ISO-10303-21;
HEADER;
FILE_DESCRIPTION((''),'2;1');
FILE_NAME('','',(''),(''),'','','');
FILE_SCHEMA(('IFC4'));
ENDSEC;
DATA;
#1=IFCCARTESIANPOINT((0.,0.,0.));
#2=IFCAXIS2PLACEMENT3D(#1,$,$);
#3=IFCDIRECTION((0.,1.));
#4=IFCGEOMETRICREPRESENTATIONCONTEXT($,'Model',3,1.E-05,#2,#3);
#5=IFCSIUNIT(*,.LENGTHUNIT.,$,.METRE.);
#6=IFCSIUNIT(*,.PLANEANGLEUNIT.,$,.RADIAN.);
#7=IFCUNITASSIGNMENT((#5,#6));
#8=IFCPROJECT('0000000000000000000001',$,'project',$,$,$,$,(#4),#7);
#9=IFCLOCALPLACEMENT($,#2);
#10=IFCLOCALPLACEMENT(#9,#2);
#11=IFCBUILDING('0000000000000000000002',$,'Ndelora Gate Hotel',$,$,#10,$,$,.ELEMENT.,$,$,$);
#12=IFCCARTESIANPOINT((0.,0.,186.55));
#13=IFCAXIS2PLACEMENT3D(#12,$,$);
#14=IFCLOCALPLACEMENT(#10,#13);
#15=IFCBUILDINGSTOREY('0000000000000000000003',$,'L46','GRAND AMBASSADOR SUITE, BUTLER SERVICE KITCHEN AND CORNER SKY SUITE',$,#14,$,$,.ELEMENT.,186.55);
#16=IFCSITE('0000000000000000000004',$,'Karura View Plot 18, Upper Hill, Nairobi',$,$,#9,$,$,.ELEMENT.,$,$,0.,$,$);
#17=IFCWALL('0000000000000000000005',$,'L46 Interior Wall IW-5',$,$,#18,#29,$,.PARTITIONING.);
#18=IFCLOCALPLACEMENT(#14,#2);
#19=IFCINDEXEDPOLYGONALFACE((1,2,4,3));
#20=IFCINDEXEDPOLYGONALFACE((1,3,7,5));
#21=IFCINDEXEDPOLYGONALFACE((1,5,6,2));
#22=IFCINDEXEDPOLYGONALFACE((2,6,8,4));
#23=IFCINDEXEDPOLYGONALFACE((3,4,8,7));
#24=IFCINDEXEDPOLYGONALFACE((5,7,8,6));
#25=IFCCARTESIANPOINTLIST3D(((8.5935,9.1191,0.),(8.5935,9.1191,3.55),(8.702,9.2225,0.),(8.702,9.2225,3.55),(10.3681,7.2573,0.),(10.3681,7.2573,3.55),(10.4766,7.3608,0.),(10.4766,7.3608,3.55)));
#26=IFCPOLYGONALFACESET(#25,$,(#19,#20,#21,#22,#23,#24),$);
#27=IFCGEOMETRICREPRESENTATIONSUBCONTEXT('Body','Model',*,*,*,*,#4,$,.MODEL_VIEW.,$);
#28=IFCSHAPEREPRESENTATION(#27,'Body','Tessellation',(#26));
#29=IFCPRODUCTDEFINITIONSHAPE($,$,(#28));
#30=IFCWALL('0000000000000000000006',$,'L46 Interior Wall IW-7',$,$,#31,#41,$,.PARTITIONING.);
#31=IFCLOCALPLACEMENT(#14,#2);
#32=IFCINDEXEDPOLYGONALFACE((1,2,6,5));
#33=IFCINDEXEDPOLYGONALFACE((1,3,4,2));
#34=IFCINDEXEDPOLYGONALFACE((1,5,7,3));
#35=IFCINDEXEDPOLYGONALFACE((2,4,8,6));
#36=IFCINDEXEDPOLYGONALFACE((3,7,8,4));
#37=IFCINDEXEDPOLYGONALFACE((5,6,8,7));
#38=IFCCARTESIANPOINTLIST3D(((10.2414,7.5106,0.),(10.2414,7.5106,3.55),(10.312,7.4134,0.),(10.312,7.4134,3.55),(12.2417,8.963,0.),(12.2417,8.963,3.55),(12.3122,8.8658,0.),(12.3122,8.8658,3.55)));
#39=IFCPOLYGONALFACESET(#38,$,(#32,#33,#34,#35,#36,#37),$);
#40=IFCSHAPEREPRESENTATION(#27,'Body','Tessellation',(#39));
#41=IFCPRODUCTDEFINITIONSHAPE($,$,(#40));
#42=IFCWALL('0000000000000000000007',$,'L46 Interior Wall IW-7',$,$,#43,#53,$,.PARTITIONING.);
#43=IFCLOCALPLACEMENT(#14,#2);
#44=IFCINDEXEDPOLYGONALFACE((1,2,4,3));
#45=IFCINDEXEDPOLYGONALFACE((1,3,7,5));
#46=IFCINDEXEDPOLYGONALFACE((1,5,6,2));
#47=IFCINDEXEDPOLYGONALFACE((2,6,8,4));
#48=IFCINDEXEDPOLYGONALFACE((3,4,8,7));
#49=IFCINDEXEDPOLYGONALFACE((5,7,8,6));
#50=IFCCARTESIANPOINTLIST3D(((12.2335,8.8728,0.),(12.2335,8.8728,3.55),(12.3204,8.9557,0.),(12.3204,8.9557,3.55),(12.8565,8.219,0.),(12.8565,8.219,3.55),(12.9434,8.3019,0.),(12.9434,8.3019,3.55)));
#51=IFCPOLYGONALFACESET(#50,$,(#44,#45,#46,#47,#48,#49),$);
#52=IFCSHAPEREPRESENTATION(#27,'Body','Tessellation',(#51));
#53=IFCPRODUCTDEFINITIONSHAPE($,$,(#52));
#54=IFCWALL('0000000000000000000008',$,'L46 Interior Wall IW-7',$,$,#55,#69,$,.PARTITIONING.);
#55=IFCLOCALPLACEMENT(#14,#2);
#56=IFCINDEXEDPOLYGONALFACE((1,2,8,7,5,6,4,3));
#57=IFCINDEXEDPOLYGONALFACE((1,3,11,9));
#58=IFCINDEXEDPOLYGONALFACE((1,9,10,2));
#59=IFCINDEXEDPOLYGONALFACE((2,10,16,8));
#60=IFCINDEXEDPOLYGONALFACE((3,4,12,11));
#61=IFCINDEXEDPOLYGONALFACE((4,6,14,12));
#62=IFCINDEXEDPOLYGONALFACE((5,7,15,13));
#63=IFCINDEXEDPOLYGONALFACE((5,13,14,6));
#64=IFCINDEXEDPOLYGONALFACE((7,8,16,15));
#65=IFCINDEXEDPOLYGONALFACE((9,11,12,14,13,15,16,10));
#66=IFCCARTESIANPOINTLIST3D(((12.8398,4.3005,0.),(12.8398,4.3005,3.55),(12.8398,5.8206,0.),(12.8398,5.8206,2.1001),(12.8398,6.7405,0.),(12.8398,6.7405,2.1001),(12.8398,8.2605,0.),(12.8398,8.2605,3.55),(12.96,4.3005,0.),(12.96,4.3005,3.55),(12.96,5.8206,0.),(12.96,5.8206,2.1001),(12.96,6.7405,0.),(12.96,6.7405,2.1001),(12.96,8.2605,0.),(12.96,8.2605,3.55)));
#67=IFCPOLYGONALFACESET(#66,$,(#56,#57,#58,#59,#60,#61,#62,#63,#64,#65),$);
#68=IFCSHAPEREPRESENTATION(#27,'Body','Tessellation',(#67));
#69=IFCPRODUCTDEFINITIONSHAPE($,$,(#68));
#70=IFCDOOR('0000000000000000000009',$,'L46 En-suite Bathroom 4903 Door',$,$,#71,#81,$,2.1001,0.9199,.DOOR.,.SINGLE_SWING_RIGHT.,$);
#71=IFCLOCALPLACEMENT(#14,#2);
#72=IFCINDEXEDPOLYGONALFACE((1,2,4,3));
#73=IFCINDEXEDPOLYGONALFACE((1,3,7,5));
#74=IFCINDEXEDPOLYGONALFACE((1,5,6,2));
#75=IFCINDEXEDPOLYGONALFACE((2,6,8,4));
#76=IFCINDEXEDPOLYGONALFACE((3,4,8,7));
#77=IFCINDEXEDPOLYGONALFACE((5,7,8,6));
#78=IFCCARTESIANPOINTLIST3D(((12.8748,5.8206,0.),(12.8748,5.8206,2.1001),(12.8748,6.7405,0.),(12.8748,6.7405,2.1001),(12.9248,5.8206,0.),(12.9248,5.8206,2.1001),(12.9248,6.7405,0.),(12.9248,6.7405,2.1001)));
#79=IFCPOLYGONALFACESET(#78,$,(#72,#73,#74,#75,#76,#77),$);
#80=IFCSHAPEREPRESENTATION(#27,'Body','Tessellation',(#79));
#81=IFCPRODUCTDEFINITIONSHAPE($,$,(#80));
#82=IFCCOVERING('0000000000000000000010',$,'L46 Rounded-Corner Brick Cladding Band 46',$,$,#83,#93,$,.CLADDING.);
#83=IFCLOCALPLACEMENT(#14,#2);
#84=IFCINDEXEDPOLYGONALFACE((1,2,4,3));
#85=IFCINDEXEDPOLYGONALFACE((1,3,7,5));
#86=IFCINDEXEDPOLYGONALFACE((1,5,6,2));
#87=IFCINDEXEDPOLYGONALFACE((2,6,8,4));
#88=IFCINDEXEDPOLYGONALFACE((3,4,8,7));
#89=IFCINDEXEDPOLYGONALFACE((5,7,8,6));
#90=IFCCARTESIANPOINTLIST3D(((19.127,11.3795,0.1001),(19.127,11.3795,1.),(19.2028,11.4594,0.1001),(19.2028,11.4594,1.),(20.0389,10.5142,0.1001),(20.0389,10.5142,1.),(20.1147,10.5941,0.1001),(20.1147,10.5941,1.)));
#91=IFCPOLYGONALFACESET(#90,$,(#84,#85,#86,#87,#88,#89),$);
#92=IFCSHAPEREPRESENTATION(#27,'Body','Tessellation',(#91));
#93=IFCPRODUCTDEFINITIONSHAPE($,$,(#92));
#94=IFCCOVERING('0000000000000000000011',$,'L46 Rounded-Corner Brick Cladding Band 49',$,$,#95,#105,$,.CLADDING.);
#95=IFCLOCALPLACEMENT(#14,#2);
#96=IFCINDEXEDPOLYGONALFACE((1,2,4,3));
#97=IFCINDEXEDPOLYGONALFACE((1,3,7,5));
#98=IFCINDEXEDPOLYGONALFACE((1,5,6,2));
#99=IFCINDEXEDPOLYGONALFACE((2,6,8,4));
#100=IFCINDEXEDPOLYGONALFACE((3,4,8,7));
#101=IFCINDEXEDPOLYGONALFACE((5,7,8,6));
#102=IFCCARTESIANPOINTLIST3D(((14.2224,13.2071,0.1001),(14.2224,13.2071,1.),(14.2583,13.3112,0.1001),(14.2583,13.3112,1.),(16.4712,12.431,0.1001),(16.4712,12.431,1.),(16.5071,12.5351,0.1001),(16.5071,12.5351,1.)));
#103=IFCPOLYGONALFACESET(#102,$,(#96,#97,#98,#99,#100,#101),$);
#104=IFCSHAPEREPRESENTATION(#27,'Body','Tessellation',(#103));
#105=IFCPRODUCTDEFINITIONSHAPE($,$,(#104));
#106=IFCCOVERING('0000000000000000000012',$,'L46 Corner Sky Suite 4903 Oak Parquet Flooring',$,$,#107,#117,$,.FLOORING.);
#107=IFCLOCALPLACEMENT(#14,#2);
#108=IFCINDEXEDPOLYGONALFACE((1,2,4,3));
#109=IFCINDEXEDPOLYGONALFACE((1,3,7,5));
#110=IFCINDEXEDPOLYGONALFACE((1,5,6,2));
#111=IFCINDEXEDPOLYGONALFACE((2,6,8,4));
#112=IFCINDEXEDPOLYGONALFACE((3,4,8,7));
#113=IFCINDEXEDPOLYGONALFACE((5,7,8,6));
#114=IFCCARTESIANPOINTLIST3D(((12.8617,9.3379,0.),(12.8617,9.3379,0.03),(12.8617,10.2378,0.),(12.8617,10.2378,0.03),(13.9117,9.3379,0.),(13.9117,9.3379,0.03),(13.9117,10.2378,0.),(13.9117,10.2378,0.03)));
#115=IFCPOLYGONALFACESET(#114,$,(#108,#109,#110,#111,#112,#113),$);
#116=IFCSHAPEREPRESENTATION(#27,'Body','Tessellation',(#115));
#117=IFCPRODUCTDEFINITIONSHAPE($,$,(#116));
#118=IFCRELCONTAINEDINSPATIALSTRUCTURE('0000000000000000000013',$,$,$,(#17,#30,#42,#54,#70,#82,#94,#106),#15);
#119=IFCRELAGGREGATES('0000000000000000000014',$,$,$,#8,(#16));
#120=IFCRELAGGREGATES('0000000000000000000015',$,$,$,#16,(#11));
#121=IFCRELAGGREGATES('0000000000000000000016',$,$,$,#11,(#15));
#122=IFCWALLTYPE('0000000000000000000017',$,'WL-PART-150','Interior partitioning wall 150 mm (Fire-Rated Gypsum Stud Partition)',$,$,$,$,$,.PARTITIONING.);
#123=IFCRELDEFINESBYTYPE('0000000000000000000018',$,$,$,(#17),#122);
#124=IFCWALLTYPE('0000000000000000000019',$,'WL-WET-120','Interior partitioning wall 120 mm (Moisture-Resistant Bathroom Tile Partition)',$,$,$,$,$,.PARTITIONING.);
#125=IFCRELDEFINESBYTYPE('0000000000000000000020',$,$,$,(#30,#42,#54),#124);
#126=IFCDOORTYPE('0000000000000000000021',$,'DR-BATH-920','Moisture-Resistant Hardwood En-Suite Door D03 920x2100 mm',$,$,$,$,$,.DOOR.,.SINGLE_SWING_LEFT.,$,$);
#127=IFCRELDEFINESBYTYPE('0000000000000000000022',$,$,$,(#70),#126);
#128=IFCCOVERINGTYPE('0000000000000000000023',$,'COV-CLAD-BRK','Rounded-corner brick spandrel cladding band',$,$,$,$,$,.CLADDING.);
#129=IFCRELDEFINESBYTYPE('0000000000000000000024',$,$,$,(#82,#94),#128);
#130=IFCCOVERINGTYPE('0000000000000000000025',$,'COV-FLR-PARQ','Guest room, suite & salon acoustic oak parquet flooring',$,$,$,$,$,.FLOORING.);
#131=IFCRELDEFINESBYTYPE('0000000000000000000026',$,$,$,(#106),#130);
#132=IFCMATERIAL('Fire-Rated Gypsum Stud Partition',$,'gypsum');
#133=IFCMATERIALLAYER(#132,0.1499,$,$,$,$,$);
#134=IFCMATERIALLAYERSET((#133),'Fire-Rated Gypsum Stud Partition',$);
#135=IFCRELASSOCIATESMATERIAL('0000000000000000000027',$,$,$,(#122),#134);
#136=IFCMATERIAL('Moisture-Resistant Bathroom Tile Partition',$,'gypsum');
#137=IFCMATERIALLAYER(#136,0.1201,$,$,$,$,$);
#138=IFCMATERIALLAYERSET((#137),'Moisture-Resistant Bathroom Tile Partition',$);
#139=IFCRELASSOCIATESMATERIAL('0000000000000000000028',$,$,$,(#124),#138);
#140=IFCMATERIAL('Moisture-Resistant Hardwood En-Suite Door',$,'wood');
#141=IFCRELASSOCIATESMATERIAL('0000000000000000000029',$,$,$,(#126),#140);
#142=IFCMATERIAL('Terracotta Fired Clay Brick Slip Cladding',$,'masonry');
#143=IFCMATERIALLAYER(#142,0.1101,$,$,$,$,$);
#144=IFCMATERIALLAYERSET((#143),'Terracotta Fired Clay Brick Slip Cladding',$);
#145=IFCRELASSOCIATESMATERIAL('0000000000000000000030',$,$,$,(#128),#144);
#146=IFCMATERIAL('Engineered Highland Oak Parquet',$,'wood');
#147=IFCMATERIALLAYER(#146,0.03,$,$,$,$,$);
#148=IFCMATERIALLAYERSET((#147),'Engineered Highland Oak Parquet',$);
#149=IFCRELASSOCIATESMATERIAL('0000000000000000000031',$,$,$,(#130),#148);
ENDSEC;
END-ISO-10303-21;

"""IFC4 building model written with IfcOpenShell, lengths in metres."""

from ifc_helpers import new_model, si_unit, direction, frame, frame_2d, origin, origin_2d, place, context, subcontext, project, spatial, rectangle, extrude, material, layer, layer_set, type_object, element, fill, save


model = new_model("IFC4")

# Units and contexts
model_context = context("Model", 3, precision=1e-05, world=origin(), true_north=direction((0.0, 1.0)))
body_context = subcontext(model_context, "Body", "Model", "MODEL_VIEW")
ifc_project = project(units=[si_unit("LENGTHUNIT", "METRE"), si_unit("PLANEANGLEUNIT", "RADIAN")], contexts=[model_context])

# Site, building, storey
site_placement = place(None, origin())
site = spatial("IfcSite", under=ifc_project, at=site_placement, Name="Karura View Plot 18, Upper Hill, Nairobi", CompositionType="ELEMENT", RefElevation=0.0)
building_placement = place(site_placement, origin())
building = spatial("IfcBuilding", under=site, at=building_placement, Name="Ndelora Gate Hotel", CompositionType="ELEMENT")
storey_placement = place(building_placement, frame((0.0, 0.0, 186.55)))
storey = spatial("IfcBuildingStorey", under=building, at=storey_placement, Name="L46", Description="GRAND AMBASSADOR SUITE, BUTLER SERVICE KITCHEN AND CORNER SKY SUITE", CompositionType="ELEMENT", Elevation=186.55)

# Shared definitions
ifc_material_1 = material(Name="Fire-Rated Gypsum Stud Partition", Category="gypsum")
ifc_layer_1 = layer(ifc_material_1, 0.1499)
ifc_layer_set_1 = layer_set([ifc_layer_1], Name="Fire-Rated Gypsum Stud Partition")
wall_type_1 = type_object("IfcWallType", Name="WL-PART-150", Description="Interior partitioning wall 150 mm (Fire-Rated Gypsum Stud Partition)", PredefinedType="PARTITIONING", material=ifc_layer_set_1)

# Walls
wall_1_placement = place(storey_placement, frame((8.6477, 9.1709, 0.0), z_axis=(0.0, 0.0, 1.0), x_axis=(0.689961, -0.723847, 0.0)))
element("IfcWall", 1, at=wall_1_placement, inside=storey, type_object=wall_type_1, Name="L46 Interior Wall IW-5", PredefinedType="PARTITIONING", context=body_context, shape_type="SweptSolid", body=[
    extrude(rectangle(XDim=2.572, YDim=0.1499, at=frame_2d((1.2861, 0.0))), origin(), (0.0, 0.0, 1.0), 3.55),
])
ifc_material_2 = material(Name="Moisture-Resistant Bathroom Tile Partition", Category="gypsum")
ifc_layer_2 = layer(ifc_material_2, 0.1201)
ifc_layer_set_2 = layer_set([ifc_layer_2], Name="Moisture-Resistant Bathroom Tile Partition")
wall_type_2 = type_object("IfcWallType", Name="WL-WET-120", Description="Interior partitioning wall 120 mm (Moisture-Resistant Bathroom Tile Partition)", PredefinedType="PARTITIONING", material=ifc_layer_set_2)
wall_2_placement = place(storey_placement, frame((12.2769, 8.9143, 0.0), z_axis=(0.0, 0.0, 1.0), x_axis=(-0.809184, -0.587555, 0.0)))
element("IfcWall", 2, at=wall_2_placement, inside=storey, type_object=wall_type_2, Name="L46 Interior Wall IW-7", PredefinedType="PARTITIONING", context=body_context, shape_type="SweptSolid", body=[
    extrude(rectangle(XDim=2.4719, YDim=0.1201, at=frame_2d((1.2358, 0.0))), origin(), (0.0, 0.0, 1.0), 3.55),
])
wall_3_placement = place(storey_placement, frame((12.2769, 8.9143, 0.0), z_axis=(0.0, 0.0, 1.0), x_axis=(0.689871, -0.723932, 0.0)))
element("IfcWall", 3, at=wall_3_placement, inside=storey, type_object=wall_type_2, Name="L46 Interior Wall IW-7", PredefinedType="PARTITIONING", context=body_context, shape_type="SweptSolid", body=[
    extrude(rectangle(XDim=0.9031, YDim=0.1201, at=frame_2d((0.4517, 0.0))), origin(), (0.0, 0.0, 1.0), 3.55),
])

# Wall, opening, door
wall_4_placement = place(storey_placement, frame((12.8999, 8.2605, 0.0), z_axis=(0.0, 0.0, 1.0), x_axis=(0.0, -1.0, 0.0)))
wall_4 = element("IfcWall", 4, at=wall_4_placement, inside=storey, type_object=wall_type_2, Name="L46 Interior Wall IW-7", PredefinedType="PARTITIONING", context=body_context, shape_type="SweptSolid", body=[
    extrude(rectangle(XDim=3.96, YDim=0.1201, at=frame_2d((1.98, 0.0))), origin(), (0.0, 0.0, 1.0), 3.55),
])
opening_1_placement = place(wall_4_placement, frame((1.52, 0.0, 0.0)))
opening_1 = element("IfcOpeningElement", 5, at=opening_1_placement, cuts=wall_4, PredefinedType="OPENING", context=body_context, shape_type="SweptSolid", body=[
    extrude(rectangle(XDim=0.9199, YDim=2.1001, at=frame_2d((0.46, 1.05))), frame((0.0, 0.0701, 0.0), z_axis=(0.0, -1.0, 0.0), x_axis=(1.0, 0.0, 0.0)), (0.0, 0.0, 1.0), 0.1401),
])
ifc_material_3 = material(Name="Moisture-Resistant Hardwood En-Suite Door", Category="wood")
door_type_1 = type_object("IfcDoorType", Name="DR-BATH-920", Description="Moisture-Resistant Hardwood En-Suite Door D03 920x2100 mm", OperationType="SINGLE_SWING_LEFT", PredefinedType="DOOR", material=ifc_material_3)
door_1_placement = place(opening_1_placement, origin())
door_1 = element("IfcDoor", 6, at=door_1_placement, inside=storey, type_object=door_type_1, Name="L46 En-suite Bathroom 4903 Door", OperationType="SINGLE_SWING_RIGHT", OverallHeight=2.1001, OverallWidth=0.9199, PredefinedType="DOOR", context=body_context, shape_type="SweptSolid", body=[
    extrude(rectangle(XDim=0.9199, YDim=2.1001, at=frame_2d((0.46, 1.05))), frame((0.0, 0.0249, 0.0), z_axis=(0.0, -1.0, 0.0), x_axis=(1.0, 0.0, 0.0)), (0.0, 0.0, 1.0), 0.05),
])
fill(opening_1, door_1)

# Coverings
ifc_material_4 = material(Name="Terracotta Fired Clay Brick Slip Cladding", Category="masonry")
ifc_layer_3 = layer(ifc_material_4, 0.1101)
ifc_layer_set_3 = layer_set([ifc_layer_3], Name="Terracotta Fired Clay Brick Slip Cladding")
covering_type_1 = type_object("IfcCoveringType", Name="COV-CLAD-BRK", Description="Rounded-corner brick spandrel cladding band", PredefinedType="CLADDING", material=ifc_layer_set_3)
covering_1_placement = place(storey_placement, frame((19.6208, 10.9868, 0.1001), z_axis=(0.0, 0.0, 1.0), x_axis=(-0.725374, 0.688355, 0.0)))
element("IfcCovering", 7, at=covering_1_placement, inside=storey, type_object=covering_type_1, Name="L46 Rounded-Corner Brick Cladding Band 46", PredefinedType="CLADDING", context=body_context, shape_type="SweptSolid", body=[
    extrude(rectangle(XDim=1.2571, YDim=0.1101, at=origin_2d()), origin(), (0.0, 0.0, 1.0), 0.8999),
])
covering_2_placement = place(storey_placement, frame((15.3647, 12.8711, 0.1001), z_axis=(0.0, 0.0, 1.0), x_axis=(-0.945291, 0.326228, 0.0)))
element("IfcCovering", 8, at=covering_2_placement, inside=storey, type_object=covering_type_1, Name="L46 Rounded-Corner Brick Cladding Band 49", PredefinedType="CLADDING", context=body_context, shape_type="SweptSolid", body=[
    extrude(rectangle(XDim=2.3789, YDim=0.1101, at=origin_2d()), origin(), (0.0, 0.0, 1.0), 0.8999),
])
ifc_material_5 = material(Name="Engineered Highland Oak Parquet", Category="wood")
ifc_layer_4 = layer(ifc_material_5, 0.03)
ifc_layer_set_4 = layer_set([ifc_layer_4], Name="Engineered Highland Oak Parquet")
covering_type_2 = type_object("IfcCoveringType", Name="COV-FLR-PARQ", Description="Guest room, suite & salon acoustic oak parquet flooring", PredefinedType="FLOORING", material=ifc_layer_set_4)
covering_3_placement = place(storey_placement, frame((13.3867, 9.7878, 0.0), z_axis=(0.0, 0.0, 1.0), x_axis=(1.0, 0.0, 0.0)))
element("IfcCovering", 9, at=covering_3_placement, inside=storey, type_object=covering_type_2, Name="L46 Corner Sky Suite 4903 Oak Parquet Flooring", PredefinedType="FLOORING", context=body_context, shape_type="SweptSolid", body=[
    extrude(rectangle(XDim=1.05, YDim=0.8999, at=origin_2d()), origin(), (0.0, 0.0, 1.0), 0.03),
])

save(model, "model.ifc")
